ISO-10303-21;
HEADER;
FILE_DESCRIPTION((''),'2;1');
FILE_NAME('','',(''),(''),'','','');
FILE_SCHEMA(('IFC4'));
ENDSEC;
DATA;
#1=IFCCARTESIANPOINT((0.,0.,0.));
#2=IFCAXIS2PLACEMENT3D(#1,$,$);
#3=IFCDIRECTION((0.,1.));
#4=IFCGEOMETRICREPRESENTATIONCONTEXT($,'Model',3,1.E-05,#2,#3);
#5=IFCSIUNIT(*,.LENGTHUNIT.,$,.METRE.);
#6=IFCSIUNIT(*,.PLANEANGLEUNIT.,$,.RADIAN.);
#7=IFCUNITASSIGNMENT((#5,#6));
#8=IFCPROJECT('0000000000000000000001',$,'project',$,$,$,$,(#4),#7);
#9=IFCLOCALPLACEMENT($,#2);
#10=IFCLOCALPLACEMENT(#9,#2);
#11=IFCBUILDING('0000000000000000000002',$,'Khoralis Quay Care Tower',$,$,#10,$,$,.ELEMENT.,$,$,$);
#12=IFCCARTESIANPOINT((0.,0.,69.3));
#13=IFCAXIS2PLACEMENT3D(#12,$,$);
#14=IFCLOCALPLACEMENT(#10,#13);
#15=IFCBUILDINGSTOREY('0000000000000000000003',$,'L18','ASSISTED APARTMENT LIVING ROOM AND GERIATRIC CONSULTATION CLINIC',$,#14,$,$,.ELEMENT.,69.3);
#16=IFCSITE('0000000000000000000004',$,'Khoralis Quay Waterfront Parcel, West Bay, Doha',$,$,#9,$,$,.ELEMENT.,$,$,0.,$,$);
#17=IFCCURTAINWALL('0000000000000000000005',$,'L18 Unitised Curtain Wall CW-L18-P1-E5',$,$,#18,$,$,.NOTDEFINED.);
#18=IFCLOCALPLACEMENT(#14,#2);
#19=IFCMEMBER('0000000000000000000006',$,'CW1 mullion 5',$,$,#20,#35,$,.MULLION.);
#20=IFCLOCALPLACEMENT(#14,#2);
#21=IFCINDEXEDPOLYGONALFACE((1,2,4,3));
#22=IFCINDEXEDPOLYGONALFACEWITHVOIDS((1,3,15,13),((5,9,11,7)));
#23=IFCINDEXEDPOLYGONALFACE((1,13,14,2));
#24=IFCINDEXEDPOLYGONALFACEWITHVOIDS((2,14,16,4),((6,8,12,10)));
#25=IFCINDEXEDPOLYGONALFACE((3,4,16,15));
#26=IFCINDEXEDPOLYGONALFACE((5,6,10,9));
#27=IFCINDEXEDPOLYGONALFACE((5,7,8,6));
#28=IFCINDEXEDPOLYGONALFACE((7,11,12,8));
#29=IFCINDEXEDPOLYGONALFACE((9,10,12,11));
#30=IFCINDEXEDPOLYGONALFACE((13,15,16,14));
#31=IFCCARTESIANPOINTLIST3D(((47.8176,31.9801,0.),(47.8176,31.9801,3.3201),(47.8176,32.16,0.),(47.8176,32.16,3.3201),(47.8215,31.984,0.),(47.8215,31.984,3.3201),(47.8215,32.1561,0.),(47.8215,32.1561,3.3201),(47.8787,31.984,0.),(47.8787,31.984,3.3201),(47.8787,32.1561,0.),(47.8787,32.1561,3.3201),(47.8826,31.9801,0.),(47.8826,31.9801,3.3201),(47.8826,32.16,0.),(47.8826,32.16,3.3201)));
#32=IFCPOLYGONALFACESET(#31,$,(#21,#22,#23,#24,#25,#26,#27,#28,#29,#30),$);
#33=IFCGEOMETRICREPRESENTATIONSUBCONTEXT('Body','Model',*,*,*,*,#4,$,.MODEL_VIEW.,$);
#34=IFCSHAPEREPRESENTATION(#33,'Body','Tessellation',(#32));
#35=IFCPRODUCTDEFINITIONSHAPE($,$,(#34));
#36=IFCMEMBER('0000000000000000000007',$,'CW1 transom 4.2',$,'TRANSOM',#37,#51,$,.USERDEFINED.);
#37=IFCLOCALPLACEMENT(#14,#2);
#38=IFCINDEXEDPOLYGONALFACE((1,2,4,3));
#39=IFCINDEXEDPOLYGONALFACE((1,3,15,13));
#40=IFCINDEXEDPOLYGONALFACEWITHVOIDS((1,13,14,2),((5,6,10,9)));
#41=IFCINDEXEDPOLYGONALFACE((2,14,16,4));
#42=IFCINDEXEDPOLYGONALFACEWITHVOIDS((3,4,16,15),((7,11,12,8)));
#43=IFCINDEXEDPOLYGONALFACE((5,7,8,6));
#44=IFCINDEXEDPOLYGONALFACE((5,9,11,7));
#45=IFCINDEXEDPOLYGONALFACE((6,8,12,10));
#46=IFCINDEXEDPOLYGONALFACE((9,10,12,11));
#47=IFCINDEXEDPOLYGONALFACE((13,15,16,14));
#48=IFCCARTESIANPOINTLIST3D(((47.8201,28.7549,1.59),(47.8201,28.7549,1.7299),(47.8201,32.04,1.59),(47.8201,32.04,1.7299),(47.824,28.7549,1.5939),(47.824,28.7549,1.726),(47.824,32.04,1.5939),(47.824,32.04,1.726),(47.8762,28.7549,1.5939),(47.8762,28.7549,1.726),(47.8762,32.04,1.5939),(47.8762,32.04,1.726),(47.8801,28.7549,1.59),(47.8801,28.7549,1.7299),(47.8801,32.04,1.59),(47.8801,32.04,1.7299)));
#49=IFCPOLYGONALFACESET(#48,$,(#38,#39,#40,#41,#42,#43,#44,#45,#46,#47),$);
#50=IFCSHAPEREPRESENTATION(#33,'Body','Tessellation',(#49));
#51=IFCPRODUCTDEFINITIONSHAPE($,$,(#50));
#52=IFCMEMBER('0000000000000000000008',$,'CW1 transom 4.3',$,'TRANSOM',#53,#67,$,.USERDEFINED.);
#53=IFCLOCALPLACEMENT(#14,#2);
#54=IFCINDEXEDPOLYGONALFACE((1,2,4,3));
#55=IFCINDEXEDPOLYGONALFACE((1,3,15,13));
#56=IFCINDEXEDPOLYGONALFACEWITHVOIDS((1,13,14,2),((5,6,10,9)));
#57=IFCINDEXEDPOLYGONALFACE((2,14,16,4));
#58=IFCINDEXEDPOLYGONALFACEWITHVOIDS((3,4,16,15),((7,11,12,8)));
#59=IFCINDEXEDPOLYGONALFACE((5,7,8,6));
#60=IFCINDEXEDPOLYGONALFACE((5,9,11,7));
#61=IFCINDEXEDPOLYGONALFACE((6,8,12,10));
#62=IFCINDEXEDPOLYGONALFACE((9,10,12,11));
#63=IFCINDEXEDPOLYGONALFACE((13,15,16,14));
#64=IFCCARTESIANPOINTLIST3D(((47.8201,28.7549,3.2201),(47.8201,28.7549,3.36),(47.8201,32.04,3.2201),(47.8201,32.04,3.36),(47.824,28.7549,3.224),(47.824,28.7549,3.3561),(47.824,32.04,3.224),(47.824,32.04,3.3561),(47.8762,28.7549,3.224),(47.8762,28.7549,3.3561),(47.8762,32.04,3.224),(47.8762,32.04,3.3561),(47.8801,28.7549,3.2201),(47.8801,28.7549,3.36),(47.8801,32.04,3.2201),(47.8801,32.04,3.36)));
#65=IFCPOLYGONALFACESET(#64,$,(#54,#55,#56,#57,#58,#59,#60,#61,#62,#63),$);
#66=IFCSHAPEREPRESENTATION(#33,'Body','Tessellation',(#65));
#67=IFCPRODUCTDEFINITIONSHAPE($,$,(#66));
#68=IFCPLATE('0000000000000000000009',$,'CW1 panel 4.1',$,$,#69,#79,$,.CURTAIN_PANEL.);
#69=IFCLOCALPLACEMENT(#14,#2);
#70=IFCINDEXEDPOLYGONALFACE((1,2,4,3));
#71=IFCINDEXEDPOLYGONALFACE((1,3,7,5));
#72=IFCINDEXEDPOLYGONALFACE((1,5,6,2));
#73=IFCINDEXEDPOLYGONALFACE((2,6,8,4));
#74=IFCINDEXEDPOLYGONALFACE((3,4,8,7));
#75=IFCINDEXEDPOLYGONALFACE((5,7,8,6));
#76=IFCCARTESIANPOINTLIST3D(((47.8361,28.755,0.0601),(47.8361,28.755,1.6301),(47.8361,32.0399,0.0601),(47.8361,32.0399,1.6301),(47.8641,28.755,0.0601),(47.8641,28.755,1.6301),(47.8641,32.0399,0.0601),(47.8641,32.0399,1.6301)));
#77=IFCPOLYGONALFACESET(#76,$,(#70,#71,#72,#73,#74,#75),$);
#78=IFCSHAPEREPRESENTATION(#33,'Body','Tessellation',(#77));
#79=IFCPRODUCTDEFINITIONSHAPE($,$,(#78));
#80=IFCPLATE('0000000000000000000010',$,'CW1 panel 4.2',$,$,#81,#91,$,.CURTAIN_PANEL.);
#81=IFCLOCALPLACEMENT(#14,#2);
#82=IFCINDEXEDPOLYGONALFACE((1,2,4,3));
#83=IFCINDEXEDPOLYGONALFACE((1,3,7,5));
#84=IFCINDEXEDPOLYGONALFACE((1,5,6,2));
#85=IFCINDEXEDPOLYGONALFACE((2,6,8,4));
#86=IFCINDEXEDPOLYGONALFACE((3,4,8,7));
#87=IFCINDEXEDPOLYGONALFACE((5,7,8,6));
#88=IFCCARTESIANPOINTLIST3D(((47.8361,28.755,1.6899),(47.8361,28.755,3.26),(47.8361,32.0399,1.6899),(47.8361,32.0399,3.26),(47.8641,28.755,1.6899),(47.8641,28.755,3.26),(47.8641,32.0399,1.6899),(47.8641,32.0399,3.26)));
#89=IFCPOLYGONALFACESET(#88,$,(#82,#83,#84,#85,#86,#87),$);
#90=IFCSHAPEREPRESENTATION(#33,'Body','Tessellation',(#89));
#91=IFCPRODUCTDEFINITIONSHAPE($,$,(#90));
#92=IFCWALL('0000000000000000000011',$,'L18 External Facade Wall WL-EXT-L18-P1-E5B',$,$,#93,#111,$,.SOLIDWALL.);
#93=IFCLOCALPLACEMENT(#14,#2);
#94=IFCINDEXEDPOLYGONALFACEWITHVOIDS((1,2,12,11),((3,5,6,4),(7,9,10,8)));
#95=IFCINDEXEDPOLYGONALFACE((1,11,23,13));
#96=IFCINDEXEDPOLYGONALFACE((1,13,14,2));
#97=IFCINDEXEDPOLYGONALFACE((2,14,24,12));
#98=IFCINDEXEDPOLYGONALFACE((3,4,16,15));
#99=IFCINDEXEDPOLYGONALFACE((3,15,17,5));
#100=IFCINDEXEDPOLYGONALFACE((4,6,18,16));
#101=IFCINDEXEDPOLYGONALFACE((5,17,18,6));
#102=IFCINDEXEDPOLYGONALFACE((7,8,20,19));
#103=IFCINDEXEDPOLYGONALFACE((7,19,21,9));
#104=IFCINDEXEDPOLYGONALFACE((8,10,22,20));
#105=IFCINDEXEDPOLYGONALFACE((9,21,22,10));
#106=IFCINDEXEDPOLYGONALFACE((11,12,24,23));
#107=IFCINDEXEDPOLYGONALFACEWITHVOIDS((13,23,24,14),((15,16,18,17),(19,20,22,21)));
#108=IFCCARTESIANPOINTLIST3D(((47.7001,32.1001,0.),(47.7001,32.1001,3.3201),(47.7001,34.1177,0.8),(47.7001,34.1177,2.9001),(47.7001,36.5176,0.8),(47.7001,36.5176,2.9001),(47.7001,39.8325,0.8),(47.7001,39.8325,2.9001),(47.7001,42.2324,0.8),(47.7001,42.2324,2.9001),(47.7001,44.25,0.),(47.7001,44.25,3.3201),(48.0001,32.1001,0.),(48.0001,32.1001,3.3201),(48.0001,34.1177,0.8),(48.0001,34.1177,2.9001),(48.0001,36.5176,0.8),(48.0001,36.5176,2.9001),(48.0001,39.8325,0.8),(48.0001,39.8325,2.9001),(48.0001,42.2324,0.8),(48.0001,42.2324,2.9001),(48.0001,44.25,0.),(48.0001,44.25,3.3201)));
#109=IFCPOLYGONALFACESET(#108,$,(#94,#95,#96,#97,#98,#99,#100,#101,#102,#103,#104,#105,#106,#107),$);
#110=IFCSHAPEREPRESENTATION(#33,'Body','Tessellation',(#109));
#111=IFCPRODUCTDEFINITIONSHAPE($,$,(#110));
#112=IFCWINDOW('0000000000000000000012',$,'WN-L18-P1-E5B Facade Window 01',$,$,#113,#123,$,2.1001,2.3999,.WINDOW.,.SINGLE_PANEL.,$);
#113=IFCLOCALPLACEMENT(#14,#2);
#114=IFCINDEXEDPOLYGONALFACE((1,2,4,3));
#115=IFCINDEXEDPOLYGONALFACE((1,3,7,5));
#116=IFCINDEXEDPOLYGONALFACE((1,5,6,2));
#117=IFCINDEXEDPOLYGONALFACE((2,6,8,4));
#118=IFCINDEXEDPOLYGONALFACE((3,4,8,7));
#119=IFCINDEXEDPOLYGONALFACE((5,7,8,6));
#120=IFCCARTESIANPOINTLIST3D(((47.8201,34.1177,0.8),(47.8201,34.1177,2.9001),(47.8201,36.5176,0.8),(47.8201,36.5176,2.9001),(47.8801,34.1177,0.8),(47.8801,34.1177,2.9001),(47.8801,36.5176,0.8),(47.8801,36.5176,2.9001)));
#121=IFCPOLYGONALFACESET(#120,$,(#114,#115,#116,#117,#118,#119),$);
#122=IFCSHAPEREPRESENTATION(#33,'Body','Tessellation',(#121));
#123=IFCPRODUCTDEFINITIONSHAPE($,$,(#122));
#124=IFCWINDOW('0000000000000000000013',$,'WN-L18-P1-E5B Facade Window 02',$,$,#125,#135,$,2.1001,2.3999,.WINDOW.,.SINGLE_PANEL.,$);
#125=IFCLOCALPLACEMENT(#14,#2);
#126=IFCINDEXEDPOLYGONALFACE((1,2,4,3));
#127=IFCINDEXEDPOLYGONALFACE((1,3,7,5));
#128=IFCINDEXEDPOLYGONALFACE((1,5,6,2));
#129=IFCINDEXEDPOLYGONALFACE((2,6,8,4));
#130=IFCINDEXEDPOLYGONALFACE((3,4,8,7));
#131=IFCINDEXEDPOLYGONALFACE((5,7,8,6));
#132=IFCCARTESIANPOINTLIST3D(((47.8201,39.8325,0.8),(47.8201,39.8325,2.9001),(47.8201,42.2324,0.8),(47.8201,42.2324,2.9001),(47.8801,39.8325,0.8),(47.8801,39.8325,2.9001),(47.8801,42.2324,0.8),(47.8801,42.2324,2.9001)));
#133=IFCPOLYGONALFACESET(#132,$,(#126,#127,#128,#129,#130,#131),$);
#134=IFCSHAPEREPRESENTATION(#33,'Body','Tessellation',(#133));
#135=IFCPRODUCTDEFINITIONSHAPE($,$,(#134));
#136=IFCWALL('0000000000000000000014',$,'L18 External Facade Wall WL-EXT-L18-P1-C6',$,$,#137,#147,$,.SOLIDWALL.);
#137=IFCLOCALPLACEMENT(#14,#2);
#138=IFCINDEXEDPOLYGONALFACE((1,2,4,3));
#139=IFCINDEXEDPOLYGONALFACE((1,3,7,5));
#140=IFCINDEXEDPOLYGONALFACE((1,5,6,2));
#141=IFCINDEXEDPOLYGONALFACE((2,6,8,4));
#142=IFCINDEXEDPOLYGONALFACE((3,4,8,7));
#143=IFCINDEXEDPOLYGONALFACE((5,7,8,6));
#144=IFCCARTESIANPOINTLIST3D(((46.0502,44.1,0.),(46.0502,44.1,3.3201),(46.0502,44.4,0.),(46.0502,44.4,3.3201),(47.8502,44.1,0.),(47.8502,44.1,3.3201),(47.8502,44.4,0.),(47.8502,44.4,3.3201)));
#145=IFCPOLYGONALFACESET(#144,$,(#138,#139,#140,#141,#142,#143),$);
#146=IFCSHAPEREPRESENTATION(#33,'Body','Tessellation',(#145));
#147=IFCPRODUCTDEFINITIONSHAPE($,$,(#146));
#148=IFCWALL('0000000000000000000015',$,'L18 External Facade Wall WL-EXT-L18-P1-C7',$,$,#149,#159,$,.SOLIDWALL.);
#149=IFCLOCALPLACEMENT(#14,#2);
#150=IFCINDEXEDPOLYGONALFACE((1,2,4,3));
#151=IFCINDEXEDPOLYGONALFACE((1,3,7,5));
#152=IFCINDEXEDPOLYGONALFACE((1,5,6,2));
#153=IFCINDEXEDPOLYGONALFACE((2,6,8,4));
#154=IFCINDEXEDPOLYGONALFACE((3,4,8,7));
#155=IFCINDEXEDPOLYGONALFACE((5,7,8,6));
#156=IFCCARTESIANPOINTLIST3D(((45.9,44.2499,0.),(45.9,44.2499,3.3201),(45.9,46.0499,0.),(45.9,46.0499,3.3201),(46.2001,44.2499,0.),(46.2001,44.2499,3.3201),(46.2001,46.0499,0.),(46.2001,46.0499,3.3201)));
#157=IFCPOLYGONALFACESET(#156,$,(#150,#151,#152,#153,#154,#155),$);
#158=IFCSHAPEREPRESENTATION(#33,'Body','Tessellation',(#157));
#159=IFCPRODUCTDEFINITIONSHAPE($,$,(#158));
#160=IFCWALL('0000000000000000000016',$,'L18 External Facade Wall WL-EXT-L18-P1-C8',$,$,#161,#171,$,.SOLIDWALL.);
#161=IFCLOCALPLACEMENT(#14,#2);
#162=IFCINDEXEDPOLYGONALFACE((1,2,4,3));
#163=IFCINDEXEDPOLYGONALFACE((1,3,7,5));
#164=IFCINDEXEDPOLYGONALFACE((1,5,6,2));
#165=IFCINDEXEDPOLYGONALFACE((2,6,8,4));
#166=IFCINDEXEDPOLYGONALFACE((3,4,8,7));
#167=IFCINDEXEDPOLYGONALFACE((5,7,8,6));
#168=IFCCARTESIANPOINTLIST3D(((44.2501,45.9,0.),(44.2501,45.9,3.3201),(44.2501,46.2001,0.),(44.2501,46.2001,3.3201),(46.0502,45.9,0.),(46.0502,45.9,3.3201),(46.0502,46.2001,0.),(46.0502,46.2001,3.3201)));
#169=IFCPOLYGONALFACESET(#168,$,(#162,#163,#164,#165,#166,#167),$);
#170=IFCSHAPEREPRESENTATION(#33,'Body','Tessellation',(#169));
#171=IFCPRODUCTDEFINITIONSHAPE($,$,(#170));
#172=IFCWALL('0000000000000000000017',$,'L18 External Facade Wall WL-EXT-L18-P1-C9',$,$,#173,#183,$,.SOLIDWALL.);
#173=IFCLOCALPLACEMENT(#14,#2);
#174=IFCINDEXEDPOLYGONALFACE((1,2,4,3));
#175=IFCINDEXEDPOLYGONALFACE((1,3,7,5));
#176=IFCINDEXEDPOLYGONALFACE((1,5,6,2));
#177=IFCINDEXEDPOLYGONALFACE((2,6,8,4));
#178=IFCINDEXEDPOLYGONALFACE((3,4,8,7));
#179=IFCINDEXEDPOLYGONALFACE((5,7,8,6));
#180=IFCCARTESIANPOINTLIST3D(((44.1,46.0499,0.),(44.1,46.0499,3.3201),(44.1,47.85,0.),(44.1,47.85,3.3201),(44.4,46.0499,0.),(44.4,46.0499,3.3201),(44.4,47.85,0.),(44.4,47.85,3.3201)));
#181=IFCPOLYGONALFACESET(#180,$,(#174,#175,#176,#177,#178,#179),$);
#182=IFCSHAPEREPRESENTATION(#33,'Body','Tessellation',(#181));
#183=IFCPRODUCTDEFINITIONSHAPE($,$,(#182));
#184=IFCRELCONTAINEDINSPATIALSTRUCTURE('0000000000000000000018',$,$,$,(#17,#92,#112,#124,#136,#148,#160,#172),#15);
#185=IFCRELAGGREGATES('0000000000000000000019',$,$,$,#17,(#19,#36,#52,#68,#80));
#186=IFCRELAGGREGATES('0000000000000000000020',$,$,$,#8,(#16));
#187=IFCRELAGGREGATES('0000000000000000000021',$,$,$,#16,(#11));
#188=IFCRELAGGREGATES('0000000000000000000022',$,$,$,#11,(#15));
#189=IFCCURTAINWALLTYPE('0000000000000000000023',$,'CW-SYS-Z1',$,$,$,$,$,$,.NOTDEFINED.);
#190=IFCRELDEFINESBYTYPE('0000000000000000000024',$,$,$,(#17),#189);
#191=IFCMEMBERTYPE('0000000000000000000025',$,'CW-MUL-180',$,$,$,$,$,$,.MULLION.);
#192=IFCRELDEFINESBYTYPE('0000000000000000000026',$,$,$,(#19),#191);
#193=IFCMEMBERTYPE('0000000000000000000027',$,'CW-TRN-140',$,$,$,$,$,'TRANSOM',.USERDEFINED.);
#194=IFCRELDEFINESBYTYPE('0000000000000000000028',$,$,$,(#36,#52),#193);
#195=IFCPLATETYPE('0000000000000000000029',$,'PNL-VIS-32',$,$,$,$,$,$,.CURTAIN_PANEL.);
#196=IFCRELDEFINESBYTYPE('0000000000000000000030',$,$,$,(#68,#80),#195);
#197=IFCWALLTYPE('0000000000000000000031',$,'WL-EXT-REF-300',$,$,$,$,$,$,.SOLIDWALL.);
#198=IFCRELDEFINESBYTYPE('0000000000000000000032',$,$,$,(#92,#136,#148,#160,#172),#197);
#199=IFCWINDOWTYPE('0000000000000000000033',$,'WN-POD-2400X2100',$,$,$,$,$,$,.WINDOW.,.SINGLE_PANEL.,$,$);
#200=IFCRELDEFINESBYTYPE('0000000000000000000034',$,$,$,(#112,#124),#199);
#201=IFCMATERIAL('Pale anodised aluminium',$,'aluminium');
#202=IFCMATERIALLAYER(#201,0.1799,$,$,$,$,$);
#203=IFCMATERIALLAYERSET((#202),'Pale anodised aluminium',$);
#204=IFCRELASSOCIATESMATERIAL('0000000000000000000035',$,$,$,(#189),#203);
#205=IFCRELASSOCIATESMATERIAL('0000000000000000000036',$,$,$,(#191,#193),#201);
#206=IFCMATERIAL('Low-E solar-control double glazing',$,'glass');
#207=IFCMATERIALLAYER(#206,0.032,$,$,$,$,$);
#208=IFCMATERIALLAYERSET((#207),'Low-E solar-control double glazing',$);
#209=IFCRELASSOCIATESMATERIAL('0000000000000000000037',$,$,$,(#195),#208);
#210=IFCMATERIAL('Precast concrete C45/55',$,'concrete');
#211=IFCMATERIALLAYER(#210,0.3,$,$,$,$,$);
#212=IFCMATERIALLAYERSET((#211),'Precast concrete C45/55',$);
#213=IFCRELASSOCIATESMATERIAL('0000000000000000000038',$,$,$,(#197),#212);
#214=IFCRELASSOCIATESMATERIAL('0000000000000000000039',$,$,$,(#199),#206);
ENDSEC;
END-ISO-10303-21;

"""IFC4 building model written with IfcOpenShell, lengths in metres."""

from ifc_helpers import new_model, si_unit, direction, frame, frame_2d, origin, origin_2d, place, context, subcontext, project, spatial, rectangle, hollow_rectangle, extrude, source, transform, mapped, material, layer, layer_set, material_profile, profile_set, type_object, element, fill, aggregate, save


model = new_model("IFC4")

# Units and contexts
model_context = context("Model", 3, precision=1e-05, world=origin(), true_north=direction((0.0, 1.0)))
body_context = subcontext(model_context, "Body", "Model", "MODEL_VIEW")
ifc_project = project(units=[si_unit("LENGTHUNIT", "METRE"), si_unit("PLANEANGLEUNIT", "RADIAN")], contexts=[model_context])

# Site, building, storey
site_placement = place(None, origin())
site = spatial("IfcSite", under=ifc_project, at=site_placement, Name="Khoralis Quay Waterfront Parcel, West Bay, Doha", CompositionType="ELEMENT", RefElevation=0.0)
building_placement = place(site_placement, origin())
building = spatial("IfcBuilding", under=site, at=building_placement, Name="Khoralis Quay Care Tower", CompositionType="ELEMENT")
storey_placement = place(building_placement, frame((0.0, 0.0, 69.3)))
storey = spatial("IfcBuildingStorey", under=building, at=storey_placement, Name="L18", Description="ASSISTED APARTMENT LIVING ROOM AND GERIATRIC CONSULTATION CLINIC", CompositionType="ELEMENT", Elevation=69.3)

# Curtain wall, members, plates
ifc_material_1 = material(Name="Pale anodised aluminium", Category="aluminium")
ifc_layer_1 = layer(ifc_material_1, 0.1799)
ifc_layer_set_1 = layer_set([ifc_layer_1], Name="Pale anodised aluminium")
curtain_wall_type = type_object("IfcCurtainWallType", Name="CW-SYS-Z1", PredefinedType="NOTDEFINED", material=ifc_layer_set_1)
curtain_wall_placement = place(storey_placement, origin())
curtain_wall = element("IfcCurtainWall", 1, at=curtain_wall_placement, inside=storey, type_object=curtain_wall_type, Name="L18 Unitised Curtain Wall CW-L18-P1-E5", PredefinedType="NOTDEFINED")
ifc_material_profile_1 = material_profile(ifc_material_1, hollow_rectangle(XDim=0.0649, YDim=0.1799, WallThickness=0.0039, at=origin_2d()), Name="Pale anodised aluminium")
ifc_profile_set_1 = profile_set([ifc_material_profile_1], Name="Pale anodised aluminium")
member_type_1 = type_object("IfcMemberType", Name="CW-MUL-180", PredefinedType="MULLION", material=ifc_profile_set_1)
shared_shape_1 = source(origin(), body_context, "Body", "SweptSolid", [
    extrude(hollow_rectangle(XDim=0.0649, YDim=0.1799, WallThickness=0.0039, at=origin_2d()), origin(), (0.0, 0.0, 1.0), 3.3201),
])
member_1_placement = place(storey_placement, frame((47.8501, 32.0701, 0.0), z_axis=(0.0, 0.0, 1.0), x_axis=(-1.0, 0.0, 0.0)))
member_1 = element("IfcMember", 2, at=member_1_placement, type_object=member_type_1, Name="CW1 mullion 5", PredefinedType="MULLION", context=body_context, shape_type="MappedRepresentation", body=[
    mapped(shared_shape_1, transform((0.0, 0.0, 0.0), scale=1.0)),
])
ifc_material_profile_2 = material_profile(ifc_material_1, hollow_rectangle(XDim=0.0601, YDim=0.1399, WallThickness=0.0039, at=origin_2d()), Name="Pale anodised aluminium")
ifc_profile_set_2 = profile_set([ifc_material_profile_2], Name="Pale anodised aluminium")
member_type_2 = type_object("IfcMemberType", Name="CW-TRN-140", ElementType="TRANSOM", PredefinedType="USERDEFINED", material=ifc_profile_set_2)
shared_shape_2 = source(origin(), body_context, "Body", "SweptSolid", [
    extrude(hollow_rectangle(XDim=0.0601, YDim=0.1399, WallThickness=0.0039, at=origin_2d()), origin(), (0.0, 0.0, 1.0), 3.2852),
])
member_2_placement = place(storey_placement, frame((47.8501, 28.7549, 1.6599), z_axis=(0.0, 1.0, 0.0), x_axis=(-1.0, 0.0, 0.0)))
member_2 = element("IfcMember", 3, at=member_2_placement, type_object=member_type_2, Name="CW1 transom 4.2", ObjectType="TRANSOM", PredefinedType="USERDEFINED", context=body_context, shape_type="MappedRepresentation", body=[
    mapped(shared_shape_2, transform((0.0, 0.0, 0.0), scale=1.0)),
])
member_3_placement = place(storey_placement, frame((47.8501, 28.7549, 3.29), z_axis=(0.0, 1.0, 0.0), x_axis=(-1.0, 0.0, 0.0)))
member_3 = element("IfcMember", 4, at=member_3_placement, type_object=member_type_2, Name="CW1 transom 4.3", ObjectType="TRANSOM", PredefinedType="USERDEFINED", context=body_context, shape_type="MappedRepresentation", body=[
    mapped(shared_shape_2, transform((0.0, 0.0, 0.0), scale=1.0)),
])
ifc_material_2 = material(Name="Low-E solar-control double glazing", Category="glass")
ifc_layer_2 = layer(ifc_material_2, 0.032)
ifc_layer_set_2 = layer_set([ifc_layer_2], Name="Low-E solar-control double glazing")
plate_type = type_object("IfcPlateType", Name="PNL-VIS-32", PredefinedType="CURTAIN_PANEL", material=ifc_layer_set_2)
shared_shape_3 = source(origin(), body_context, "Body", "SweptSolid", [
    extrude(rectangle(XDim=3.2849, YDim=0.0281, at=origin_2d()), origin(), (0.0, 0.0, 1.0), 1.5701),
])
plate_1_placement = place(storey_placement, frame((47.8501, 30.3975, 0.0601), z_axis=(0.0, 0.0, 1.0), x_axis=(0.0, 1.0, 0.0)))
plate_1 = element("IfcPlate", 5, at=plate_1_placement, type_object=plate_type, Name="CW1 panel 4.1", PredefinedType="CURTAIN_PANEL", context=body_context, shape_type="MappedRepresentation", body=[
    mapped(shared_shape_3, transform((0.0, 0.0, 0.0), scale=1.0)),
])
plate_2_placement = place(storey_placement, frame((47.8501, 30.3975, 1.6899), z_axis=(0.0, 0.0, 1.0), x_axis=(0.0, 1.0, 0.0)))
plate_2 = element("IfcPlate", 6, at=plate_2_placement, type_object=plate_type, Name="CW1 panel 4.2", PredefinedType="CURTAIN_PANEL", context=body_context, shape_type="MappedRepresentation", body=[
    mapped(shared_shape_3, transform((0.0, 0.0, 0.0), scale=1.0)),
])
aggregate(curtain_wall, [member_1, member_2, member_3, plate_1, plate_2])

# Wall, openings, windows
ifc_material_3 = material(Name="Precast concrete C45/55", Category="concrete")
ifc_layer_3 = layer(ifc_material_3, 0.3)
ifc_layer_set_3 = layer_set([ifc_layer_3], Name="Precast concrete C45/55")
wall_type_1 = type_object("IfcWallType", Name="WL-EXT-REF-300", PredefinedType="SOLIDWALL", material=ifc_layer_set_3)
wall_1_placement = place(storey_placement, frame((47.8501, 32.1001, 0.0), z_axis=(0.0, 0.0, 1.0), x_axis=(0.0, 1.0, 0.0)))
wall_1 = element("IfcWall", 7, at=wall_1_placement, inside=storey, type_object=wall_type_1, Name="L18 External Facade Wall WL-EXT-L18-P1-E5B", PredefinedType="SOLIDWALL", context=body_context, shape_type="SweptSolid", body=[
    extrude(rectangle(XDim=12.1499, YDim=0.3, at=frame_2d((6.075, 0.0))), origin(), (0.0, 0.0, 1.0), 3.3201),
])
opening_1_placement = place(wall_1_placement, frame((2.0176, 0.0, 0.8)))
opening_1 = element("IfcOpeningElement", 8, at=opening_1_placement, cuts=wall_1, PredefinedType="OPENING", context=body_context, shape_type="SweptSolid", body=[
    extrude(rectangle(XDim=2.3999, YDim=2.1001, at=frame_2d((1.2, 1.05))), frame((0.0, 0.1602, 0.0), z_axis=(0.0, -1.0, 0.0), x_axis=(1.0, 0.0, 0.0)), (0.0, 0.0, 1.0), 0.3201),
])
opening_2_placement = place(wall_1_placement, frame((7.7324, 0.0, 0.8)))
opening_2 = element("IfcOpeningElement", 9, at=opening_2_placement, cuts=wall_1, PredefinedType="OPENING", context=body_context, shape_type="SweptSolid", body=[
    extrude(rectangle(XDim=2.3999, YDim=2.1001, at=frame_2d((1.2, 1.05))), frame((0.0, 0.1602, 0.0), z_axis=(0.0, -1.0, 0.0), x_axis=(1.0, 0.0, 0.0)), (0.0, 0.0, 1.0), 0.3201),
])
window_type_1 = type_object("IfcWindowType", Name="WN-POD-2400X2100", PartitioningType="SINGLE_PANEL", PredefinedType="WINDOW", material=ifc_material_2)
shared_shape_4 = source(origin(), body_context, "Body", "SweptSolid", [
    extrude(rectangle(XDim=2.3999, YDim=2.1001, at=frame_2d((1.2, 1.05))), frame((0.0, 0.03, 0.0), z_axis=(0.0, -1.0, 0.0), x_axis=(1.0, 0.0, 0.0)), (0.0, 0.0, 1.0), 0.0601),
])
window_1_placement = place(opening_1_placement, origin())
window_1 = element("IfcWindow", 10, at=window_1_placement, inside=storey, type_object=window_type_1, Name="WN-L18-P1-E5B Facade Window 01", OverallHeight=2.1001, OverallWidth=2.3999, PartitioningType="SINGLE_PANEL", PredefinedType="WINDOW", context=body_context, shape_type="MappedRepresentation", body=[
    mapped(shared_shape_4, transform((0.0, 0.0, 0.0), scale=1.0)),
])
fill(opening_1, window_1)
window_2_placement = place(opening_2_placement, origin())
window_2 = element("IfcWindow", 11, at=window_2_placement, inside=storey, type_object=window_type_1, Name="WN-L18-P1-E5B Facade Window 02", OverallHeight=2.1001, OverallWidth=2.3999, PartitioningType="SINGLE_PANEL", PredefinedType="WINDOW", context=body_context, shape_type="MappedRepresentation", body=[
    mapped(shared_shape_4, transform((0.0, 0.0, 0.0), scale=1.0)),
])
fill(opening_2, window_2)

# Walls
for number, where, z_axis, x_axis, name in (
    (12, (47.8501, 44.25, 0.0), (0.0, 0.0, 1.0), (-1.0, 0.0, 0.0), "L18 External Facade Wall WL-EXT-L18-P1-C6"),
    (13, (46.05, 44.25, 0.0), (0.0, 0.0, 1.0), (0.0, 1.0, 0.0), "L18 External Facade Wall WL-EXT-L18-P1-C7"),
    (14, (46.05, 46.05, 0.0), (0.0, 0.0, 1.0), (-1.0, 0.0, 0.0), "L18 External Facade Wall WL-EXT-L18-P1-C8"),
    (15, (44.25, 46.05, 0.0), (0.0, 0.0, 1.0), (0.0, 1.0, 0.0), "L18 External Facade Wall WL-EXT-L18-P1-C9"),
):
    element("IfcWall", number, at=place(storey_placement, frame(where, z_axis=z_axis, x_axis=x_axis)), inside=storey, type_object=wall_type_1, Name=name, PredefinedType="SOLIDWALL", context=body_context, shape_type="SweptSolid", body=[
        extrude(rectangle(XDim=1.8, YDim=0.3, at=frame_2d((0.8999, 0.0))), origin(), (0.0, 0.0, 1.0), 3.3201),
    ])

save(model, "model.ifc")
